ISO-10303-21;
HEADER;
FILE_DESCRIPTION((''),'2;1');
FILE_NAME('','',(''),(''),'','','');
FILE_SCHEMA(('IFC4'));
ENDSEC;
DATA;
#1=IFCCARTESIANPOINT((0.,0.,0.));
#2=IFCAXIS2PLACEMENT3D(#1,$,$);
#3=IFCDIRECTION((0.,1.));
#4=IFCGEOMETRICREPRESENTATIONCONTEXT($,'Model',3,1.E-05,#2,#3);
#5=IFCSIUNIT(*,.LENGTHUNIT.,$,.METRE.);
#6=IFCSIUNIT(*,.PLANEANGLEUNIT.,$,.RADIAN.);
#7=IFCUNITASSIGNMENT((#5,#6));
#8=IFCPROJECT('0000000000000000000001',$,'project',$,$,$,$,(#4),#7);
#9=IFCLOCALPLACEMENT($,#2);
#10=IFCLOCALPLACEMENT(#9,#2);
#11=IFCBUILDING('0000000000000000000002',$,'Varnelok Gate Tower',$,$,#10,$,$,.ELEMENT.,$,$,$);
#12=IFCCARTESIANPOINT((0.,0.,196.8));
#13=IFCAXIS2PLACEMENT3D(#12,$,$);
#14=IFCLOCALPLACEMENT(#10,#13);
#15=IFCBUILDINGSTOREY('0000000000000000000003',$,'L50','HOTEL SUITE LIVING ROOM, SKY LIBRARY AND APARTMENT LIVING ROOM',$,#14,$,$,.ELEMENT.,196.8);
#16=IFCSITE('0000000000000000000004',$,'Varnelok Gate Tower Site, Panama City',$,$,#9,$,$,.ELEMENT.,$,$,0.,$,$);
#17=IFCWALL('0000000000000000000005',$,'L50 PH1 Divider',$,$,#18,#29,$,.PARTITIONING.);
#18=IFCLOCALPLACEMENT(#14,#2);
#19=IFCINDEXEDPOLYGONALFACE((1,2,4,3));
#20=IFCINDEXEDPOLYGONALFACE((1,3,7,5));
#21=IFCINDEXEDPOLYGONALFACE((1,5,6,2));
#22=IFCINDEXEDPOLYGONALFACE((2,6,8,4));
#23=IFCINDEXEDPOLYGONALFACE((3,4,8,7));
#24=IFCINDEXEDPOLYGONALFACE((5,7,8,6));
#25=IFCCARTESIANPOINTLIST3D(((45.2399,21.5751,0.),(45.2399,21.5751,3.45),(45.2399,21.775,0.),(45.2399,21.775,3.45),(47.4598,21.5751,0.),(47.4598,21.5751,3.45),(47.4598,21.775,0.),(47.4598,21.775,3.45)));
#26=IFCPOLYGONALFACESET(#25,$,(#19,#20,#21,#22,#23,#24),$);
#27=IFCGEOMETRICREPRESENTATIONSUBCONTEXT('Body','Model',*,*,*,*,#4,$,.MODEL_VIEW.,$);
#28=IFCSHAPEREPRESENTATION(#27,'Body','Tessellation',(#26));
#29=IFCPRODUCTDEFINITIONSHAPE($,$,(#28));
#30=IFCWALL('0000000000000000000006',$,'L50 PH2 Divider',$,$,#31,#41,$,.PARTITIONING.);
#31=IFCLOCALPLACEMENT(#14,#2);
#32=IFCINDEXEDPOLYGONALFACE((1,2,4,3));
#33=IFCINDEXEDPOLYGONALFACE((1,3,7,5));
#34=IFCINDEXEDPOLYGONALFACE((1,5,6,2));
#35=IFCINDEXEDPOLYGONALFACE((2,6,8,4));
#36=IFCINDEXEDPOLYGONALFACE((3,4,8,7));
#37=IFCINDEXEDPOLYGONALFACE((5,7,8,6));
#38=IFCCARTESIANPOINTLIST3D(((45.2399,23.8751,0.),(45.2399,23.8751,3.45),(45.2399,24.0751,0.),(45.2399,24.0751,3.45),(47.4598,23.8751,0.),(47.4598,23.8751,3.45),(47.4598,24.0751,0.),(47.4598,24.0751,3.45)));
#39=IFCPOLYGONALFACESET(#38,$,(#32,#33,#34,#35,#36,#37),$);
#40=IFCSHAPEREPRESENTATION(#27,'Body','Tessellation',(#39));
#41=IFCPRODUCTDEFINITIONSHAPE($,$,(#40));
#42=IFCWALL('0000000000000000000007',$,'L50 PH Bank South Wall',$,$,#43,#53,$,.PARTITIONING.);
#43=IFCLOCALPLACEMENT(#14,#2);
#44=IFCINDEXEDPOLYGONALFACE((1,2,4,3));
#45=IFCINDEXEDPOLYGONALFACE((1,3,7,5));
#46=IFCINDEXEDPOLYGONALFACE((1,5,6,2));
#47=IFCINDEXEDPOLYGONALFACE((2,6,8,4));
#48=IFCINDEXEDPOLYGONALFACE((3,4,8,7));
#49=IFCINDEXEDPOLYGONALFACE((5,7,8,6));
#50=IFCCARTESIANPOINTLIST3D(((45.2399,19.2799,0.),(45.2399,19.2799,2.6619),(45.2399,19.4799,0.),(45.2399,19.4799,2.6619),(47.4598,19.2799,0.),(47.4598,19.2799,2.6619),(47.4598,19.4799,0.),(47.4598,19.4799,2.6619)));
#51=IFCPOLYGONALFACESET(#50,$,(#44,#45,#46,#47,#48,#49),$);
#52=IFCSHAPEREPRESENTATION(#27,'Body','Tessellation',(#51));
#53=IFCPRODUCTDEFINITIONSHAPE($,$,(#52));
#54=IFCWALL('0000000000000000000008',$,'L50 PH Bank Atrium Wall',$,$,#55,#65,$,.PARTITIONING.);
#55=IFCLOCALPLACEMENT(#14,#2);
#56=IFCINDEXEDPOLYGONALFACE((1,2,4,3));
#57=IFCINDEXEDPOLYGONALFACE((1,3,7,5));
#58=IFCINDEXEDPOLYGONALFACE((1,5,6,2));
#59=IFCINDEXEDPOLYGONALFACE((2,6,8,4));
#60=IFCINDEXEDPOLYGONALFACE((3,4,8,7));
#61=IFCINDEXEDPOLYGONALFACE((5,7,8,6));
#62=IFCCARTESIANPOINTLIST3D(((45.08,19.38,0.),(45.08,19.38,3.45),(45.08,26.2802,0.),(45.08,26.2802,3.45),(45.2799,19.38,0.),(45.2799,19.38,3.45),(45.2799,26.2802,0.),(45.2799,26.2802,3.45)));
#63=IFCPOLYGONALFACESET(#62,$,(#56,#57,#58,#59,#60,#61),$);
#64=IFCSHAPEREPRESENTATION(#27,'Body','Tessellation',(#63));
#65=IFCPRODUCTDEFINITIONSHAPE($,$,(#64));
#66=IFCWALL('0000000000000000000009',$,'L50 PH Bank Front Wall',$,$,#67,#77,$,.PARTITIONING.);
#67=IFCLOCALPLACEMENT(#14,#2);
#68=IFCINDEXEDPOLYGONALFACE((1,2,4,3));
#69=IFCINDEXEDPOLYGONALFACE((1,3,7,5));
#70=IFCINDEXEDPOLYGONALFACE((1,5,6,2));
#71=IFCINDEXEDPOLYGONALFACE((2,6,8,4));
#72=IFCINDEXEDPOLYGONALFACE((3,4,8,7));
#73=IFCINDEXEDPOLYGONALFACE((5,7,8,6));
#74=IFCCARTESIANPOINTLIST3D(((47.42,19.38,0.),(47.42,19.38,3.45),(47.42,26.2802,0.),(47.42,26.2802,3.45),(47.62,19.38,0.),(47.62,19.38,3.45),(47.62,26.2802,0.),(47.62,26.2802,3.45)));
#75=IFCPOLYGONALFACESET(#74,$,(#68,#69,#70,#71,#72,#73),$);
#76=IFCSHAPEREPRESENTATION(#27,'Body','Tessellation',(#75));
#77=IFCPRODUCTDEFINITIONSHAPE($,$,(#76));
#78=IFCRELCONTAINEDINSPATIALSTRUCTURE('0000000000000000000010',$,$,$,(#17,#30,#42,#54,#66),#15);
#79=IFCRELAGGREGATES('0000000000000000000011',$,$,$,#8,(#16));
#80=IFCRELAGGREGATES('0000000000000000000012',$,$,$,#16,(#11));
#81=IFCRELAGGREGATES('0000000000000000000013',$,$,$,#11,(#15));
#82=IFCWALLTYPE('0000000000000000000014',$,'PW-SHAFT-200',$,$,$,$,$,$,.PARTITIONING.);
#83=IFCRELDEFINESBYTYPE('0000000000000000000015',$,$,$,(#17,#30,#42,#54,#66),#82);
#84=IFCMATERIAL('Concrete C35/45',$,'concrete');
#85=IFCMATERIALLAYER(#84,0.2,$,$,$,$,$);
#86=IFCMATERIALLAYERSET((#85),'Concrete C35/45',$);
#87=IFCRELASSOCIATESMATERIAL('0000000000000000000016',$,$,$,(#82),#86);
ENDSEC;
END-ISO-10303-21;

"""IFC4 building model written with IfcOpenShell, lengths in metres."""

from ifc_helpers import new_model, si_unit, direction, frame, frame_2d, origin, place, context, subcontext, project, spatial, rectangle, extrude, material, layer, layer_set, type_object, element, save


model = new_model("IFC4")

# Units and contexts
model_context = context("Model", 3, precision=1e-05, world=origin(), true_north=direction((0.0, 1.0)))
body_context = subcontext(model_context, "Body", "Model", "MODEL_VIEW")
ifc_project = project(units=[si_unit("LENGTHUNIT", "METRE"), si_unit("PLANEANGLEUNIT", "RADIAN")], contexts=[model_context])

# Site, building, storey
site_placement = place(None, origin())
site = spatial("IfcSite", under=ifc_project, at=site_placement, Name="Varnelok Gate Tower Site, Panama City", CompositionType="ELEMENT", RefElevation=0.0)
building_placement = place(site_placement, origin())
building = spatial("IfcBuilding", under=site, at=building_placement, Name="Varnelok Gate Tower", CompositionType="ELEMENT")
storey_placement = place(building_placement, frame((0.0, 0.0, 196.8)))
storey = spatial("IfcBuildingStorey", under=building, at=storey_placement, Name="L50", Description="HOTEL SUITE LIVING ROOM, SKY LIBRARY AND APARTMENT LIVING ROOM", CompositionType="ELEMENT", Elevation=196.8)

# Walls
ifc_material_1 = material(Name="Concrete C35/45", Category="concrete")
ifc_layer_1 = layer(ifc_material_1, 0.2)
ifc_layer_set_1 = layer_set([ifc_layer_1], Name="Concrete C35/45")
wall_type_1 = type_object("IfcWallType", Name="PW-SHAFT-200", PredefinedType="PARTITIONING", material=ifc_layer_set_1)
for number, where, z_axis, x_axis, name in (
    (1, (45.24, 21.675, 0.0), (0.0, 0.0, 1.0), (1.0, 0.0, 0.0), "L50 PH1 Divider"),
    (2, (45.24, 23.9751, 0.0), (0.0, 0.0, 1.0), (1.0, 0.0, 0.0), "L50 PH2 Divider"),
):
    element("IfcWall", number, at=place(storey_placement, frame(where, z_axis=z_axis, x_axis=x_axis)), inside=storey, type_object=wall_type_1, Name=name, PredefinedType="PARTITIONING", context=body_context, shape_type="SweptSolid", body=[
        extrude(rectangle(XDim=2.22, YDim=0.2, at=frame_2d((1.1099, 0.0))), origin(), (0.0, 0.0, 1.0), 3.45),
    ])
wall_1_placement = place(storey_placement, frame((45.24, 19.3799, 0.0), z_axis=(0.0, 0.0, 1.0), x_axis=(1.0, 0.0, 0.0)))
element("IfcWall", 3, at=wall_1_placement, inside=storey, type_object=wall_type_1, Name="L50 PH Bank South Wall", PredefinedType="PARTITIONING", context=body_context, shape_type="SweptSolid", body=[
    extrude(rectangle(XDim=2.22, YDim=0.2, at=frame_2d((1.1099, 0.0))), origin(), (0.0, 0.0, 1.0), 2.6619),
])
for number, where, z_axis, x_axis, name in (
    (4, (45.1799, 19.3799, 0.0), (0.0, 0.0, 1.0), (0.0, 1.0, 0.0), "L50 PH Bank Atrium Wall"),
    (5, (47.52, 19.3799, 0.0), (0.0, 0.0, 1.0), (0.0, 1.0, 0.0), "L50 PH Bank Front Wall"),
):
    element("IfcWall", number, at=place(storey_placement, frame(where, z_axis=z_axis, x_axis=x_axis)), inside=storey, type_object=wall_type_1, Name=name, PredefinedType="PARTITIONING", context=body_context, shape_type="SweptSolid", body=[
        extrude(rectangle(XDim=6.9001, YDim=0.2, at=frame_2d((3.4502, 0.0))), origin(), (0.0, 0.0, 1.0), 3.45),
    ])

save(model, "model.ifc")
